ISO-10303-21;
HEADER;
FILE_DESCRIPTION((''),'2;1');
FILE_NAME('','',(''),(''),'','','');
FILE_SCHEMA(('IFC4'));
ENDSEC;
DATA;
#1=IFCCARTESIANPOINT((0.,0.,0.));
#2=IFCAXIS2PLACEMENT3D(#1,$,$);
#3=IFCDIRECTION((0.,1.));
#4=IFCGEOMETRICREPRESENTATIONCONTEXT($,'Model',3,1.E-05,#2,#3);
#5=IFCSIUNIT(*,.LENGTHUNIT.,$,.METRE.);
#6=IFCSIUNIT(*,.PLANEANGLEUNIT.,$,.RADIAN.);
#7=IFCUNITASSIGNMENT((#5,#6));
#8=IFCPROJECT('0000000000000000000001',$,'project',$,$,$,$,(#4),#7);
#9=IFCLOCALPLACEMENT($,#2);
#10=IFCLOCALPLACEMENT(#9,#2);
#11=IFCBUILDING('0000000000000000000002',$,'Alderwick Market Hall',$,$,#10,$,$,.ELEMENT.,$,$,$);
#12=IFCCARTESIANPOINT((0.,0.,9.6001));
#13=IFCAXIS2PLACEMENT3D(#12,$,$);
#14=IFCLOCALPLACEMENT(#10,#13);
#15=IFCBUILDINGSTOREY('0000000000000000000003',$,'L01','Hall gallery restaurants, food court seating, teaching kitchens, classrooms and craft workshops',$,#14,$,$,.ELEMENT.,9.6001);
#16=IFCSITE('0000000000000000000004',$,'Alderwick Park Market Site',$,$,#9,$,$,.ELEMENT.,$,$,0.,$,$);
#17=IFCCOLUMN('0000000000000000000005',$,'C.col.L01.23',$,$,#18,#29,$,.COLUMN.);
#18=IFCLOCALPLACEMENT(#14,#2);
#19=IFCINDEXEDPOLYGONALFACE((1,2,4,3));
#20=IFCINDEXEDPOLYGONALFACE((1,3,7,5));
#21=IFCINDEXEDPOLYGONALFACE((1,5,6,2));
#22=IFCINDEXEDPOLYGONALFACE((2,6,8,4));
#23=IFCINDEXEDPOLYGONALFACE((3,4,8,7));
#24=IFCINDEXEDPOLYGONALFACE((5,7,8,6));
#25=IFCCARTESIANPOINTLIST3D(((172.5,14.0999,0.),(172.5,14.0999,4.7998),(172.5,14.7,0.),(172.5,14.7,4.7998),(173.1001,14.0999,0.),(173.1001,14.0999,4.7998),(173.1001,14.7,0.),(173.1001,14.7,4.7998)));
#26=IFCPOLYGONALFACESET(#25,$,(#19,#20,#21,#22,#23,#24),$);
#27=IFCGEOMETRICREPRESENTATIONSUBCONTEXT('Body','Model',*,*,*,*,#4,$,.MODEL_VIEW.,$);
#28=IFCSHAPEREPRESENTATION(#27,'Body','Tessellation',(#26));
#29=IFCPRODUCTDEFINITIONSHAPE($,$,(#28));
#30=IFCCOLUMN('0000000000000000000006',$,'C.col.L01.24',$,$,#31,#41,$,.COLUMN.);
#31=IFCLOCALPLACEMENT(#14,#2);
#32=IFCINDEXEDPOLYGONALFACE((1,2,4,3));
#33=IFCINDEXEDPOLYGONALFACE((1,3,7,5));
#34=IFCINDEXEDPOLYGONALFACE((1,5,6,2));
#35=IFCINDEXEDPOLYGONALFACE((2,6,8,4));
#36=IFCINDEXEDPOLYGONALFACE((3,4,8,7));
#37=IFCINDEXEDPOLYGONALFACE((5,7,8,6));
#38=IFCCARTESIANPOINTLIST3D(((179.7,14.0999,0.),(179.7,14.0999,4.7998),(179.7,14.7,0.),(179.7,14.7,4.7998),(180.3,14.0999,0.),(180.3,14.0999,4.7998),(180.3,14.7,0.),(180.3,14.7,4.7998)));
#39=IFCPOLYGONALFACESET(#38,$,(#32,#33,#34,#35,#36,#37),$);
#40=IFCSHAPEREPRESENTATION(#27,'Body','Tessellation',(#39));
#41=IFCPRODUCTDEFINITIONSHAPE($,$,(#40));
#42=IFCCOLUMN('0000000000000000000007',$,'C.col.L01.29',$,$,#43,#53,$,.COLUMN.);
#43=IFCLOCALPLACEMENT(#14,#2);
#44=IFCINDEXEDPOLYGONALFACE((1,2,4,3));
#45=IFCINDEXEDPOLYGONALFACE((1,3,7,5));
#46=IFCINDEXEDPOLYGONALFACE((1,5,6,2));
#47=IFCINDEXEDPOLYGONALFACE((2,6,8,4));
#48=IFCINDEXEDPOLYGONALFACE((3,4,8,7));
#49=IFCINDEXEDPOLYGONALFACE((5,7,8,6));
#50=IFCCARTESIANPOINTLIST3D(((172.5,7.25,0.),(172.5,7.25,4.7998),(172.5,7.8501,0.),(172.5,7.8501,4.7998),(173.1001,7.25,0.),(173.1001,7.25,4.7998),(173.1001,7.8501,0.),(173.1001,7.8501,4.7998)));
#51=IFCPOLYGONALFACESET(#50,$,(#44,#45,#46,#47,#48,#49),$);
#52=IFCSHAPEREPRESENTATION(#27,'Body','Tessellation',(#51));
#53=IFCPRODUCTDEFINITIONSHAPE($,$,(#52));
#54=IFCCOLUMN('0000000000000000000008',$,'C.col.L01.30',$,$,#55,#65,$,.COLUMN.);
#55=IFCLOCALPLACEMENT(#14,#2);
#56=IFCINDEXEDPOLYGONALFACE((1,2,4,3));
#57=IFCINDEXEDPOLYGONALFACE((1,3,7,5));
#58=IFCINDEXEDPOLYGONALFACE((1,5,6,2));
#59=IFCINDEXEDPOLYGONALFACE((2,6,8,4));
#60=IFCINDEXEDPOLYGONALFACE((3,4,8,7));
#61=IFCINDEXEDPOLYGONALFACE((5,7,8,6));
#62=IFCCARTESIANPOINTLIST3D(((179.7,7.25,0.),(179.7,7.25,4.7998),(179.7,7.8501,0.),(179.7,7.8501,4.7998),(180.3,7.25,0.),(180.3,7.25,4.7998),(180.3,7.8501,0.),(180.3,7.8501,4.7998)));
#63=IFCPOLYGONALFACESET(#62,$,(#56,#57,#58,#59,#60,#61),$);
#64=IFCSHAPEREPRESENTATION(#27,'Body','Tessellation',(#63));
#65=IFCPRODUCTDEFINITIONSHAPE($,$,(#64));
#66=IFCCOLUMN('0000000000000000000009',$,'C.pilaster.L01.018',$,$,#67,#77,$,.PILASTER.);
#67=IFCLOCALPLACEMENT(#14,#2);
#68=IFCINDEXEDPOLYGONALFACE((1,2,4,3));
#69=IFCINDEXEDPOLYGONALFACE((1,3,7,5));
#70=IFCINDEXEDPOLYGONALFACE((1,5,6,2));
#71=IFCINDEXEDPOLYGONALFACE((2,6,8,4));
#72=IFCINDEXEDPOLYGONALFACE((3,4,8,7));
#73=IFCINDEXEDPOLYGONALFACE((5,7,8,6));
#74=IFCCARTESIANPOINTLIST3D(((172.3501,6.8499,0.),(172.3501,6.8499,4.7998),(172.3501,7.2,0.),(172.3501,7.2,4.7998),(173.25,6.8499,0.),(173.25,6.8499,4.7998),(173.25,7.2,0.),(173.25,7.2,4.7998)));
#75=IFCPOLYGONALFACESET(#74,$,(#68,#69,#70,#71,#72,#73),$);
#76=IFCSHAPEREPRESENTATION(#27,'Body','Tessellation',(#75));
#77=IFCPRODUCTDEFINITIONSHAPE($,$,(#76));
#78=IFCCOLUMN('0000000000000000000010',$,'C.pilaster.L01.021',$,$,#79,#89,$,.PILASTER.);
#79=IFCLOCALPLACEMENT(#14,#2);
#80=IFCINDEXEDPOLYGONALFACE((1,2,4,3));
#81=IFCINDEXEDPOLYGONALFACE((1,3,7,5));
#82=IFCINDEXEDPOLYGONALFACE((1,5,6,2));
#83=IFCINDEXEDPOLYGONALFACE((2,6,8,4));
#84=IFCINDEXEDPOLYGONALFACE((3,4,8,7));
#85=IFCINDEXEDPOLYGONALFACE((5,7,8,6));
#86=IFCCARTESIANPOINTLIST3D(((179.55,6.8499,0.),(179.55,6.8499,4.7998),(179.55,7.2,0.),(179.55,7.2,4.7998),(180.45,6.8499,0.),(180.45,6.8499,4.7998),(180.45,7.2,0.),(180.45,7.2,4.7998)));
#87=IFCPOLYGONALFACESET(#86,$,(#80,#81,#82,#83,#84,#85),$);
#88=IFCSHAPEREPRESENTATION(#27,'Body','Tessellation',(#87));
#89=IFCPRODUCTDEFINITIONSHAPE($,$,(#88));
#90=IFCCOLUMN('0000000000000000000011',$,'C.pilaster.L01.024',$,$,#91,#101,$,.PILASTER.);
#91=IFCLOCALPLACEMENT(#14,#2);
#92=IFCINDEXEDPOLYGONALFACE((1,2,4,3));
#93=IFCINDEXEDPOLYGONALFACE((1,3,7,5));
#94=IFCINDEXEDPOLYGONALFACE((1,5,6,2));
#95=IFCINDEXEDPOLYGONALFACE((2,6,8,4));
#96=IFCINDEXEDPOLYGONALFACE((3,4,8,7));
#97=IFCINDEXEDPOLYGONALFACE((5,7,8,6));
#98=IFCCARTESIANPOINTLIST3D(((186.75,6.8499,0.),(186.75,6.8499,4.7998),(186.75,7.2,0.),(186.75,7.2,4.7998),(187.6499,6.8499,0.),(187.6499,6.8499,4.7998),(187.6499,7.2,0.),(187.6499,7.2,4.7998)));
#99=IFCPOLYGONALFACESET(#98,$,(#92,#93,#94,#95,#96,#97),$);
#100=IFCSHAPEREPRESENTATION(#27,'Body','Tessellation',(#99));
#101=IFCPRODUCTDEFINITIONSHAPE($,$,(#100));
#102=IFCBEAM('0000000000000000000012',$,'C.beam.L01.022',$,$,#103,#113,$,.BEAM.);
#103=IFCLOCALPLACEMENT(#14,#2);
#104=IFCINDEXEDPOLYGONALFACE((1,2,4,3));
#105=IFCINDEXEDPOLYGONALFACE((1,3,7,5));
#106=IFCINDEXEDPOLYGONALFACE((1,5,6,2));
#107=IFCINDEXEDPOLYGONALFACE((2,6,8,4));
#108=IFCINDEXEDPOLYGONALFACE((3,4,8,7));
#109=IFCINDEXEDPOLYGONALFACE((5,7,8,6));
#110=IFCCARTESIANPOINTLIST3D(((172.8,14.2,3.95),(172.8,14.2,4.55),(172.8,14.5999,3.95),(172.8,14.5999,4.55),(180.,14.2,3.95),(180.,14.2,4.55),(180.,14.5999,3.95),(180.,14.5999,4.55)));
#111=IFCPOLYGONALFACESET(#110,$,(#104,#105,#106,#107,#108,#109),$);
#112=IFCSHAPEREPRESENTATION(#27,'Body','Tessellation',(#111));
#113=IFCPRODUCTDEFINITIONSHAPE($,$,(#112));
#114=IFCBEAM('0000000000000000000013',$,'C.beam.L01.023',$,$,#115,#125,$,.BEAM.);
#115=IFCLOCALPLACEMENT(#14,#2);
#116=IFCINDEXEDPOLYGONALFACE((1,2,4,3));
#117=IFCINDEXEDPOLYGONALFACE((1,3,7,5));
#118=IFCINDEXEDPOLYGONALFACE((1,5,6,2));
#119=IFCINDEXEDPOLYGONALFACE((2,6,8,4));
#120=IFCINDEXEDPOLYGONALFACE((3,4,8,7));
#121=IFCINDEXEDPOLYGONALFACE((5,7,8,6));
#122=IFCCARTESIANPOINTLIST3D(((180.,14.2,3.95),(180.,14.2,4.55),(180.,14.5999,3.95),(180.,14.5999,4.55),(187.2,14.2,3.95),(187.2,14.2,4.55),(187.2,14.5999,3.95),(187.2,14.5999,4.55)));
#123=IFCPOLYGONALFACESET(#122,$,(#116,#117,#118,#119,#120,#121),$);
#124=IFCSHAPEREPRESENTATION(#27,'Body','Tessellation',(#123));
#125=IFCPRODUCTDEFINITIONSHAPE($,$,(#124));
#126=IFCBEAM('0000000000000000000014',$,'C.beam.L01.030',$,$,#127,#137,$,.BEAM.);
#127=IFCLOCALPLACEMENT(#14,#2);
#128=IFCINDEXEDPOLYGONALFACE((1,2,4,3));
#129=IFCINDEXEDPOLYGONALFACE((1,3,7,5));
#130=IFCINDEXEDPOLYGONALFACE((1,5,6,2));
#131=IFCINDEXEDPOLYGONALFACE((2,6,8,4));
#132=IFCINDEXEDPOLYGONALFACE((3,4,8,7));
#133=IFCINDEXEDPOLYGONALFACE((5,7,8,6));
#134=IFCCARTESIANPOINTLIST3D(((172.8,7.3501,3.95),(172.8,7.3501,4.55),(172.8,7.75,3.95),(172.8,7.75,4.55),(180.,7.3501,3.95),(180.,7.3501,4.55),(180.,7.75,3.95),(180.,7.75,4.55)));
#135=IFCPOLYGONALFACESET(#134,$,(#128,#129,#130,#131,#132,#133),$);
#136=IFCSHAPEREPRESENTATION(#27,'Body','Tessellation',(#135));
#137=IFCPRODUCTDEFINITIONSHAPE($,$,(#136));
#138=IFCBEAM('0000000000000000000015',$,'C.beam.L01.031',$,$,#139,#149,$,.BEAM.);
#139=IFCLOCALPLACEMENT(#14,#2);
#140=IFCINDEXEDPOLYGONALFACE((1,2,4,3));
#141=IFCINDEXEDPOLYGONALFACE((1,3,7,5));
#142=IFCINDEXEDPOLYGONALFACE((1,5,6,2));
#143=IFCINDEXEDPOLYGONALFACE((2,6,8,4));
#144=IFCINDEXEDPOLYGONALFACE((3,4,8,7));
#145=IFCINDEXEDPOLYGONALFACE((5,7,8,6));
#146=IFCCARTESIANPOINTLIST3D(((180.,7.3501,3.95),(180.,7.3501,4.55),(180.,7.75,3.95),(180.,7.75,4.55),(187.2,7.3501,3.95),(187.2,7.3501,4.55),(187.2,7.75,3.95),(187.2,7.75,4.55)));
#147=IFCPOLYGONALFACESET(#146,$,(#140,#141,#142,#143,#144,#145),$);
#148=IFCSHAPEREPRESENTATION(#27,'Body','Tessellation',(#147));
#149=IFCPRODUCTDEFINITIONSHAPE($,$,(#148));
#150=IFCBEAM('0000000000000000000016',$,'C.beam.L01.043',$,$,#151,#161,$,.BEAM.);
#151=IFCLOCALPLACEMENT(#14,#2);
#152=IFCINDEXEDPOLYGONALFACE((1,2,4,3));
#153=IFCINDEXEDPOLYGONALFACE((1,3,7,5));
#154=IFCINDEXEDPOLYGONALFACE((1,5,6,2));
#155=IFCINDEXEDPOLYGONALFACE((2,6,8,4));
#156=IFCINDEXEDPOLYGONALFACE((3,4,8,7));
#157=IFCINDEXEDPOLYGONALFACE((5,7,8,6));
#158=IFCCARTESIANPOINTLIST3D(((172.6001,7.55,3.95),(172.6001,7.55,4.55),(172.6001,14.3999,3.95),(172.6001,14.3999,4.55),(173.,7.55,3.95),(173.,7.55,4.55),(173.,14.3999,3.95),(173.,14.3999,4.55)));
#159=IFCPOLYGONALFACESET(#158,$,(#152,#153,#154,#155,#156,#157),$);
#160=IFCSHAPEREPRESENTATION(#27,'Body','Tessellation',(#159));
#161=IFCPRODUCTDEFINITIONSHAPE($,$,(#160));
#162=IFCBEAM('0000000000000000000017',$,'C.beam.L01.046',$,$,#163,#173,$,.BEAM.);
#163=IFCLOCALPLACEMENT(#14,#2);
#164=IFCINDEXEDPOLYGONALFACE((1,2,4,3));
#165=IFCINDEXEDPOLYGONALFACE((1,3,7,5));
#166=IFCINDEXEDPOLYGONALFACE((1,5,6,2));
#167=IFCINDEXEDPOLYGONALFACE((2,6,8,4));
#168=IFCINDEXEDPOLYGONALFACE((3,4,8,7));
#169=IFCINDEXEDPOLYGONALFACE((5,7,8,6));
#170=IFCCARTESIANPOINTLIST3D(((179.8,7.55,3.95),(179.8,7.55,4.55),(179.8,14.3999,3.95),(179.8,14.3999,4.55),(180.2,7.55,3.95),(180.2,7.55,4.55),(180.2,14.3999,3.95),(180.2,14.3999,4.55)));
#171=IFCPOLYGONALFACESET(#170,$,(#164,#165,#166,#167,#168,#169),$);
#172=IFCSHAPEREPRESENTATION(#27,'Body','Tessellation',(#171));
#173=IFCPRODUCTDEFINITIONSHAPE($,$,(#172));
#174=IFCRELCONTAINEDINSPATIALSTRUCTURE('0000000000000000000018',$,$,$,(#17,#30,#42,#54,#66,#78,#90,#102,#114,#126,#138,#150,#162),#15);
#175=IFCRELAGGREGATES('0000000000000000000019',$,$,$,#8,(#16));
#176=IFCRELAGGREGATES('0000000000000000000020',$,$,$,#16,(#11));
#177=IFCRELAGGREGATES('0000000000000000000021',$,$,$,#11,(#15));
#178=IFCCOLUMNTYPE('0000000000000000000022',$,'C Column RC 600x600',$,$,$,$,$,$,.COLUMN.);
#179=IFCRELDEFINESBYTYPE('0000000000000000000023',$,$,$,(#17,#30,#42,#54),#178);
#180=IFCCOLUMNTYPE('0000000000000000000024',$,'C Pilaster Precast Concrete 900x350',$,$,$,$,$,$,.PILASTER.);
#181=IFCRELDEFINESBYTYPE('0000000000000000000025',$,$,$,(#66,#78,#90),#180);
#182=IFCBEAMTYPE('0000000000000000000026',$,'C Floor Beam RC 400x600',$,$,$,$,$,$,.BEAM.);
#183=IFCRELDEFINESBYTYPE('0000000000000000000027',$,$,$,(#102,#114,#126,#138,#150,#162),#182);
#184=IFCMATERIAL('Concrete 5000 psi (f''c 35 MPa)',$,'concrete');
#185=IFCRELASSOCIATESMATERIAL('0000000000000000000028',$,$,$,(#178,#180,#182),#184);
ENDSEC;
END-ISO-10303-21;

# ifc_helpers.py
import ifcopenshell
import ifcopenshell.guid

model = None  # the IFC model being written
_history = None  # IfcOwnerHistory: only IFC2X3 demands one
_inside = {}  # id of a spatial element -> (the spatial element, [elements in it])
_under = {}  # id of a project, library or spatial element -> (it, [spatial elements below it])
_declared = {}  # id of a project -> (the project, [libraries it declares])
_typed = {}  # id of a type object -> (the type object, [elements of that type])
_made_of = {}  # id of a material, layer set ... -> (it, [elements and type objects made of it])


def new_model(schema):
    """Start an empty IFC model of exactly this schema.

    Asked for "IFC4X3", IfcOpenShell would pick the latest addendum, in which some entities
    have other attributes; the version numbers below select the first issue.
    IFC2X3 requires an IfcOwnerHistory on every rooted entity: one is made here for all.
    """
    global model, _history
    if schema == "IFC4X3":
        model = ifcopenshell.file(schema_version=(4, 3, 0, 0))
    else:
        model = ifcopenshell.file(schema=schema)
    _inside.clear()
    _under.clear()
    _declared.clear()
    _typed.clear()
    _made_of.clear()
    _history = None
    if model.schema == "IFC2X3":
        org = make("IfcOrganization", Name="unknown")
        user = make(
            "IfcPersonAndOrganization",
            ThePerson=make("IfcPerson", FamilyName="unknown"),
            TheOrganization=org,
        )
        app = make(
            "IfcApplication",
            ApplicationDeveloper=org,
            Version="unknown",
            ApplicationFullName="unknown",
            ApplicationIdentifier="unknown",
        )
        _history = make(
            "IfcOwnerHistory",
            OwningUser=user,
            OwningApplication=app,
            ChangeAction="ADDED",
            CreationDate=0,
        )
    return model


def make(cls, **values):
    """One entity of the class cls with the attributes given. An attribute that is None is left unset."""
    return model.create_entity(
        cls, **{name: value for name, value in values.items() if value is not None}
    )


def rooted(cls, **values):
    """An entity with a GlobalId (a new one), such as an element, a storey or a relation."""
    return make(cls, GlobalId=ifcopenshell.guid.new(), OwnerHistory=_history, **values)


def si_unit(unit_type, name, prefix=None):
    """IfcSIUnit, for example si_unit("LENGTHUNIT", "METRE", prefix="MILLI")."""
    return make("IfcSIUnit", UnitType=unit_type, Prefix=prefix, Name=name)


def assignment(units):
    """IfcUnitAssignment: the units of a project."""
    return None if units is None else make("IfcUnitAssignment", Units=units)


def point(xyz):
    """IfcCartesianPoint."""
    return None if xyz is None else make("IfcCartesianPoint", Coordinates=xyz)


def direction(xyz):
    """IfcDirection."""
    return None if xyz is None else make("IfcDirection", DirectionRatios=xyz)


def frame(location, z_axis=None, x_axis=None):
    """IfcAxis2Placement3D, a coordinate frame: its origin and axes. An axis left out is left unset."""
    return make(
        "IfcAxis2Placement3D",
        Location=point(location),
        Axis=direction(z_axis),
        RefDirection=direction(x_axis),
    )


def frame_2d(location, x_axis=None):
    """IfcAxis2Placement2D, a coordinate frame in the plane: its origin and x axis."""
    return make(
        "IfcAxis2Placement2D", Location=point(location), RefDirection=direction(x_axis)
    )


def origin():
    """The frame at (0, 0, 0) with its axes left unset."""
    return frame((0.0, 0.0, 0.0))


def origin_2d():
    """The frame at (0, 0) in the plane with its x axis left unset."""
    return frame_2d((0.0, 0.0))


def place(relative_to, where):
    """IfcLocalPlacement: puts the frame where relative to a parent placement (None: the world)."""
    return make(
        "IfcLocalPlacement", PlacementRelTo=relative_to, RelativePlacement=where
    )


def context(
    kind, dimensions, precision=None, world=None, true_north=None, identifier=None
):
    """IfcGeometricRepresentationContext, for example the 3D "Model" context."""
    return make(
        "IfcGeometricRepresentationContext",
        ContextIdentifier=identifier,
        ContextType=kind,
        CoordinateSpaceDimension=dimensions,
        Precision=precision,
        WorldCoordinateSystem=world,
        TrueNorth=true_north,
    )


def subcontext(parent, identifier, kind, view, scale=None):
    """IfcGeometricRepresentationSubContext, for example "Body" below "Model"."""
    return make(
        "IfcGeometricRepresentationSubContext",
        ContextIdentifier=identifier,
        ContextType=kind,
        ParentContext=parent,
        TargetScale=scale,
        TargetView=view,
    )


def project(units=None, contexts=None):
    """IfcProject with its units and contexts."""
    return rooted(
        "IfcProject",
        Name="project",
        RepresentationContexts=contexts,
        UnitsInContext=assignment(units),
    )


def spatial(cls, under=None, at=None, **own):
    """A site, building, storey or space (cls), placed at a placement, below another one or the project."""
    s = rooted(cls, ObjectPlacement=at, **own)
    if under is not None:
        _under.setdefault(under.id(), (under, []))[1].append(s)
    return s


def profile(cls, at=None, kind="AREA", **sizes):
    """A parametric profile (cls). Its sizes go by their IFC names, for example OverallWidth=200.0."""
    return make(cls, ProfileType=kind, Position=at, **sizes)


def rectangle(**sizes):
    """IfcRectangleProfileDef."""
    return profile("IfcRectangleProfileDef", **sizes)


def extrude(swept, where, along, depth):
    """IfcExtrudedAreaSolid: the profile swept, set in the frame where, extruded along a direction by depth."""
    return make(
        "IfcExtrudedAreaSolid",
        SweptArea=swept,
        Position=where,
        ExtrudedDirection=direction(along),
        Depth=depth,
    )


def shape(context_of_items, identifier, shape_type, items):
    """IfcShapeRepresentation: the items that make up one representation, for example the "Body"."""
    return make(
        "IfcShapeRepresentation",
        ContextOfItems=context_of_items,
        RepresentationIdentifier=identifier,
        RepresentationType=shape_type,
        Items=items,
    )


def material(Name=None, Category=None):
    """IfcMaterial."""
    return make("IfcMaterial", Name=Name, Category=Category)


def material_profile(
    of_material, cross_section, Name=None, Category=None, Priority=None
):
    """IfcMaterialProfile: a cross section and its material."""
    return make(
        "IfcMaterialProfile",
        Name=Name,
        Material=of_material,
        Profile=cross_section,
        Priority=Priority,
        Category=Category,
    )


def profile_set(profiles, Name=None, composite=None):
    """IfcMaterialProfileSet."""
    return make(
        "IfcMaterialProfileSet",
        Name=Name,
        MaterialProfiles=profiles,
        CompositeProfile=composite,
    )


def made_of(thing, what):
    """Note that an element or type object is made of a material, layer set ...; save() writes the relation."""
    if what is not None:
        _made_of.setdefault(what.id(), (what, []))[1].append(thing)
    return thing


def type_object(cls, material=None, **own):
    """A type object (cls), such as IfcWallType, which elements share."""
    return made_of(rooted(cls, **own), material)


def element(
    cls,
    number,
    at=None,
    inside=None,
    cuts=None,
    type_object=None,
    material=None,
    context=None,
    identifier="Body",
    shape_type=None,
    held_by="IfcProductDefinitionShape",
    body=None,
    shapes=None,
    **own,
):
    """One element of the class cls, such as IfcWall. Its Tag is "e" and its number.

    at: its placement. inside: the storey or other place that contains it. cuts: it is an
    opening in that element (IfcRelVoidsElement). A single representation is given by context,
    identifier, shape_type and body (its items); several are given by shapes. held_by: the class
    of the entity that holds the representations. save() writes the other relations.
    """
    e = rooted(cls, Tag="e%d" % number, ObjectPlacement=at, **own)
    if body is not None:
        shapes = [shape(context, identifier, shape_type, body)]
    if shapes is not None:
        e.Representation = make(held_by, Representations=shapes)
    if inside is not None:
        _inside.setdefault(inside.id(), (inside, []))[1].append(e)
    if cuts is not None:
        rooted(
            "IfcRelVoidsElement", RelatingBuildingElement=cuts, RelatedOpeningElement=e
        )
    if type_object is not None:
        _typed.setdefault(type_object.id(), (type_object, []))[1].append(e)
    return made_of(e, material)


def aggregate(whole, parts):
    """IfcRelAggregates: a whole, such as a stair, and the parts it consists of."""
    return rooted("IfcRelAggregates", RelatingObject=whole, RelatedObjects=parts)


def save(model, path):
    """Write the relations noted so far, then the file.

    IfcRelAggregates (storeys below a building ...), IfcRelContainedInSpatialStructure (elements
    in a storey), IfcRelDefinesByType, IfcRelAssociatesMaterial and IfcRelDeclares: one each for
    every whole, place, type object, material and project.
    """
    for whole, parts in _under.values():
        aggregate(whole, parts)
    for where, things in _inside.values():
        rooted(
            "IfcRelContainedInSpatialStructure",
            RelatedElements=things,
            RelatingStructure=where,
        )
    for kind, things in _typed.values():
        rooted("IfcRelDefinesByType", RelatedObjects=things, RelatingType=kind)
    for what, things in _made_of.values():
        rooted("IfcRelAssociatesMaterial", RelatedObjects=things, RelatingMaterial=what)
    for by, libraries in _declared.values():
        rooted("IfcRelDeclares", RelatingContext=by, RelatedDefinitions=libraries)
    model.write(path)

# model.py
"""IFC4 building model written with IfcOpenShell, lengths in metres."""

from ifc_helpers import new_model, si_unit, direction, frame, origin, origin_2d, place, context, subcontext, project, spatial, rectangle, extrude, material, material_profile, profile_set, type_object, element, save


model = new_model("IFC4")

# Units and contexts
model_context = context("Model", 3, precision=1e-05, world=origin(), true_north=direction((0.0, 1.0)))
body_context = subcontext(model_context, "Body", "Model", "MODEL_VIEW")
ifc_project = project(units=[si_unit("LENGTHUNIT", "METRE"), si_unit("PLANEANGLEUNIT", "RADIAN")], contexts=[model_context])

# Site, building, storey
site_placement = place(None, origin())
site = spatial("IfcSite", under=ifc_project, at=site_placement, Name="Alderwick Park Market Site", CompositionType="ELEMENT", RefElevation=0.0)
building_placement = place(site_placement, origin())
building = spatial("IfcBuilding", under=site, at=building_placement, Name="Alderwick Market Hall", CompositionType="ELEMENT")
storey_placement = place(building_placement, frame((0.0, 0.0, 9.6001)))
storey = spatial("IfcBuildingStorey", under=building, at=storey_placement, Name="L01", Description="Hall gallery restaurants, food court seating, teaching kitchens, classrooms and craft workshops", CompositionType="ELEMENT", Elevation=9.6001)

# Columns
ifc_material_1 = material(Name="Concrete 5000 psi (f'c 35 MPa)", Category="concrete")
ifc_material_profile_1 = material_profile(ifc_material_1, rectangle(XDim=0.6001, YDim=0.6001, at=origin_2d()), Name="RC 600x600")
ifc_profile_set_1 = profile_set([ifc_material_profile_1], Name="Concrete 5000 psi (f'c 35 MPa)")
column_type_1 = type_object("IfcColumnType", Name="C Column RC 600x600", PredefinedType="COLUMN", material=ifc_profile_set_1)
for number, where, z_axis, x_axis, name in (
    (1, (172.8, 14.3999, 0.0), (0.0, 0.0, 1.0), (1.0, 0.0, 0.0), "C.col.L01.23"),
    (2, (180.0, 14.3999, 0.0), (0.0, 0.0, 1.0), (1.0, 0.0, 0.0), "C.col.L01.24"),
    (3, (172.8, 7.55, 0.0), (0.0, 0.0, 1.0), (1.0, 0.0, 0.0), "C.col.L01.29"),
    (4, (180.0, 7.55, 0.0), (0.0, 0.0, 1.0), (1.0, 0.0, 0.0), "C.col.L01.30"),
):
    element("IfcColumn", number, at=place(storey_placement, frame(where, z_axis=z_axis, x_axis=x_axis)), inside=storey, type_object=column_type_1, Name=name, PredefinedType="COLUMN", context=body_context, shape_type="SweptSolid", body=[
        extrude(rectangle(XDim=0.6001, YDim=0.6001, at=origin_2d()), origin(), (0.0, 0.0, 1.0), 4.7998),
    ])
ifc_material_profile_2 = material_profile(ifc_material_1, rectangle(XDim=0.8999, YDim=0.3501, at=origin_2d()), Name="PC 900x350")
ifc_profile_set_2 = profile_set([ifc_material_profile_2], Name="Concrete 5000 psi (f'c 35 MPa)")
column_type_2 = type_object("IfcColumnType", Name="C Pilaster Precast Concrete 900x350", PredefinedType="PILASTER", material=ifc_profile_set_2)
for number, where, z_axis, x_axis, name in (
    (5, (172.8, 7.0249, 0.0), (0.0, 0.0, 1.0), (1.0, 0.0, 0.0), "C.pilaster.L01.018"),
    (6, (180.0, 7.0249, 0.0), (0.0, 0.0, 1.0), (1.0, 0.0, 0.0), "C.pilaster.L01.021"),
    (7, (187.2, 7.0249, 0.0), (0.0, 0.0, 1.0), (1.0, 0.0, 0.0), "C.pilaster.L01.024"),
):
    element("IfcColumn", number, at=place(storey_placement, frame(where, z_axis=z_axis, x_axis=x_axis)), inside=storey, type_object=column_type_2, Name=name, PredefinedType="PILASTER", context=body_context, shape_type="SweptSolid", body=[
        extrude(rectangle(XDim=0.8999, YDim=0.3501, at=origin_2d()), origin(), (0.0, 0.0, 1.0), 4.7998),
    ])

# Beams
ifc_material_profile_3 = material_profile(ifc_material_1, rectangle(XDim=0.3999, YDim=0.6001, at=origin_2d()), Name="RC 400x600")
ifc_profile_set_3 = profile_set([ifc_material_profile_3], Name="Concrete 5000 psi (f'c 35 MPa)")
beam_type = type_object("IfcBeamType", Name="C Floor Beam RC 400x600", PredefinedType="BEAM", material=ifc_profile_set_3)
for number, where, z_axis, x_axis, name in (
    (8, (172.8, 14.3999, 4.25), (1.0, 0.0, 0.0), (0.0, 1.0, 0.0), "C.beam.L01.022"),
    (9, (180.0, 14.3999, 4.25), (1.0, 0.0, 0.0), (0.0, 1.0, 0.0), "C.beam.L01.023"),
    (10, (172.8, 7.55, 4.25), (1.0, 0.0, 0.0), (0.0, 1.0, 0.0), "C.beam.L01.030"),
    (11, (180.0, 7.55, 4.25), (1.0, 0.0, 0.0), (0.0, 1.0, 0.0), "C.beam.L01.031"),
):
    element("IfcBeam", number, at=place(storey_placement, frame(where, z_axis=z_axis, x_axis=x_axis)), inside=storey, type_object=beam_type, Name=name, PredefinedType="BEAM", context=body_context, shape_type="SweptSolid", body=[
        extrude(rectangle(XDim=0.3999, YDim=0.6001, at=origin_2d()), origin(), (0.0, 0.0, 1.0), 7.2),
    ])
for number, where, z_axis, x_axis, name in (
    (12, (172.8, 14.3999, 4.25), (0.0, -1.0, 0.0), (1.0, 0.0, 0.0), "C.beam.L01.043"),
    (13, (180.0, 14.3999, 4.25), (0.0, -1.0, 0.0), (1.0, 0.0, 0.0), "C.beam.L01.046"),
):
    element("IfcBeam", number, at=place(storey_placement, frame(where, z_axis=z_axis, x_axis=x_axis)), inside=storey, type_object=beam_type, Name=name, PredefinedType="BEAM", context=body_context, shape_type="SweptSolid", body=[
        extrude(rectangle(XDim=0.3999, YDim=0.6001, at=origin_2d()), origin(), (0.0, 0.0, 1.0), 6.8499),
    ])

save(model, "model.ifc")
